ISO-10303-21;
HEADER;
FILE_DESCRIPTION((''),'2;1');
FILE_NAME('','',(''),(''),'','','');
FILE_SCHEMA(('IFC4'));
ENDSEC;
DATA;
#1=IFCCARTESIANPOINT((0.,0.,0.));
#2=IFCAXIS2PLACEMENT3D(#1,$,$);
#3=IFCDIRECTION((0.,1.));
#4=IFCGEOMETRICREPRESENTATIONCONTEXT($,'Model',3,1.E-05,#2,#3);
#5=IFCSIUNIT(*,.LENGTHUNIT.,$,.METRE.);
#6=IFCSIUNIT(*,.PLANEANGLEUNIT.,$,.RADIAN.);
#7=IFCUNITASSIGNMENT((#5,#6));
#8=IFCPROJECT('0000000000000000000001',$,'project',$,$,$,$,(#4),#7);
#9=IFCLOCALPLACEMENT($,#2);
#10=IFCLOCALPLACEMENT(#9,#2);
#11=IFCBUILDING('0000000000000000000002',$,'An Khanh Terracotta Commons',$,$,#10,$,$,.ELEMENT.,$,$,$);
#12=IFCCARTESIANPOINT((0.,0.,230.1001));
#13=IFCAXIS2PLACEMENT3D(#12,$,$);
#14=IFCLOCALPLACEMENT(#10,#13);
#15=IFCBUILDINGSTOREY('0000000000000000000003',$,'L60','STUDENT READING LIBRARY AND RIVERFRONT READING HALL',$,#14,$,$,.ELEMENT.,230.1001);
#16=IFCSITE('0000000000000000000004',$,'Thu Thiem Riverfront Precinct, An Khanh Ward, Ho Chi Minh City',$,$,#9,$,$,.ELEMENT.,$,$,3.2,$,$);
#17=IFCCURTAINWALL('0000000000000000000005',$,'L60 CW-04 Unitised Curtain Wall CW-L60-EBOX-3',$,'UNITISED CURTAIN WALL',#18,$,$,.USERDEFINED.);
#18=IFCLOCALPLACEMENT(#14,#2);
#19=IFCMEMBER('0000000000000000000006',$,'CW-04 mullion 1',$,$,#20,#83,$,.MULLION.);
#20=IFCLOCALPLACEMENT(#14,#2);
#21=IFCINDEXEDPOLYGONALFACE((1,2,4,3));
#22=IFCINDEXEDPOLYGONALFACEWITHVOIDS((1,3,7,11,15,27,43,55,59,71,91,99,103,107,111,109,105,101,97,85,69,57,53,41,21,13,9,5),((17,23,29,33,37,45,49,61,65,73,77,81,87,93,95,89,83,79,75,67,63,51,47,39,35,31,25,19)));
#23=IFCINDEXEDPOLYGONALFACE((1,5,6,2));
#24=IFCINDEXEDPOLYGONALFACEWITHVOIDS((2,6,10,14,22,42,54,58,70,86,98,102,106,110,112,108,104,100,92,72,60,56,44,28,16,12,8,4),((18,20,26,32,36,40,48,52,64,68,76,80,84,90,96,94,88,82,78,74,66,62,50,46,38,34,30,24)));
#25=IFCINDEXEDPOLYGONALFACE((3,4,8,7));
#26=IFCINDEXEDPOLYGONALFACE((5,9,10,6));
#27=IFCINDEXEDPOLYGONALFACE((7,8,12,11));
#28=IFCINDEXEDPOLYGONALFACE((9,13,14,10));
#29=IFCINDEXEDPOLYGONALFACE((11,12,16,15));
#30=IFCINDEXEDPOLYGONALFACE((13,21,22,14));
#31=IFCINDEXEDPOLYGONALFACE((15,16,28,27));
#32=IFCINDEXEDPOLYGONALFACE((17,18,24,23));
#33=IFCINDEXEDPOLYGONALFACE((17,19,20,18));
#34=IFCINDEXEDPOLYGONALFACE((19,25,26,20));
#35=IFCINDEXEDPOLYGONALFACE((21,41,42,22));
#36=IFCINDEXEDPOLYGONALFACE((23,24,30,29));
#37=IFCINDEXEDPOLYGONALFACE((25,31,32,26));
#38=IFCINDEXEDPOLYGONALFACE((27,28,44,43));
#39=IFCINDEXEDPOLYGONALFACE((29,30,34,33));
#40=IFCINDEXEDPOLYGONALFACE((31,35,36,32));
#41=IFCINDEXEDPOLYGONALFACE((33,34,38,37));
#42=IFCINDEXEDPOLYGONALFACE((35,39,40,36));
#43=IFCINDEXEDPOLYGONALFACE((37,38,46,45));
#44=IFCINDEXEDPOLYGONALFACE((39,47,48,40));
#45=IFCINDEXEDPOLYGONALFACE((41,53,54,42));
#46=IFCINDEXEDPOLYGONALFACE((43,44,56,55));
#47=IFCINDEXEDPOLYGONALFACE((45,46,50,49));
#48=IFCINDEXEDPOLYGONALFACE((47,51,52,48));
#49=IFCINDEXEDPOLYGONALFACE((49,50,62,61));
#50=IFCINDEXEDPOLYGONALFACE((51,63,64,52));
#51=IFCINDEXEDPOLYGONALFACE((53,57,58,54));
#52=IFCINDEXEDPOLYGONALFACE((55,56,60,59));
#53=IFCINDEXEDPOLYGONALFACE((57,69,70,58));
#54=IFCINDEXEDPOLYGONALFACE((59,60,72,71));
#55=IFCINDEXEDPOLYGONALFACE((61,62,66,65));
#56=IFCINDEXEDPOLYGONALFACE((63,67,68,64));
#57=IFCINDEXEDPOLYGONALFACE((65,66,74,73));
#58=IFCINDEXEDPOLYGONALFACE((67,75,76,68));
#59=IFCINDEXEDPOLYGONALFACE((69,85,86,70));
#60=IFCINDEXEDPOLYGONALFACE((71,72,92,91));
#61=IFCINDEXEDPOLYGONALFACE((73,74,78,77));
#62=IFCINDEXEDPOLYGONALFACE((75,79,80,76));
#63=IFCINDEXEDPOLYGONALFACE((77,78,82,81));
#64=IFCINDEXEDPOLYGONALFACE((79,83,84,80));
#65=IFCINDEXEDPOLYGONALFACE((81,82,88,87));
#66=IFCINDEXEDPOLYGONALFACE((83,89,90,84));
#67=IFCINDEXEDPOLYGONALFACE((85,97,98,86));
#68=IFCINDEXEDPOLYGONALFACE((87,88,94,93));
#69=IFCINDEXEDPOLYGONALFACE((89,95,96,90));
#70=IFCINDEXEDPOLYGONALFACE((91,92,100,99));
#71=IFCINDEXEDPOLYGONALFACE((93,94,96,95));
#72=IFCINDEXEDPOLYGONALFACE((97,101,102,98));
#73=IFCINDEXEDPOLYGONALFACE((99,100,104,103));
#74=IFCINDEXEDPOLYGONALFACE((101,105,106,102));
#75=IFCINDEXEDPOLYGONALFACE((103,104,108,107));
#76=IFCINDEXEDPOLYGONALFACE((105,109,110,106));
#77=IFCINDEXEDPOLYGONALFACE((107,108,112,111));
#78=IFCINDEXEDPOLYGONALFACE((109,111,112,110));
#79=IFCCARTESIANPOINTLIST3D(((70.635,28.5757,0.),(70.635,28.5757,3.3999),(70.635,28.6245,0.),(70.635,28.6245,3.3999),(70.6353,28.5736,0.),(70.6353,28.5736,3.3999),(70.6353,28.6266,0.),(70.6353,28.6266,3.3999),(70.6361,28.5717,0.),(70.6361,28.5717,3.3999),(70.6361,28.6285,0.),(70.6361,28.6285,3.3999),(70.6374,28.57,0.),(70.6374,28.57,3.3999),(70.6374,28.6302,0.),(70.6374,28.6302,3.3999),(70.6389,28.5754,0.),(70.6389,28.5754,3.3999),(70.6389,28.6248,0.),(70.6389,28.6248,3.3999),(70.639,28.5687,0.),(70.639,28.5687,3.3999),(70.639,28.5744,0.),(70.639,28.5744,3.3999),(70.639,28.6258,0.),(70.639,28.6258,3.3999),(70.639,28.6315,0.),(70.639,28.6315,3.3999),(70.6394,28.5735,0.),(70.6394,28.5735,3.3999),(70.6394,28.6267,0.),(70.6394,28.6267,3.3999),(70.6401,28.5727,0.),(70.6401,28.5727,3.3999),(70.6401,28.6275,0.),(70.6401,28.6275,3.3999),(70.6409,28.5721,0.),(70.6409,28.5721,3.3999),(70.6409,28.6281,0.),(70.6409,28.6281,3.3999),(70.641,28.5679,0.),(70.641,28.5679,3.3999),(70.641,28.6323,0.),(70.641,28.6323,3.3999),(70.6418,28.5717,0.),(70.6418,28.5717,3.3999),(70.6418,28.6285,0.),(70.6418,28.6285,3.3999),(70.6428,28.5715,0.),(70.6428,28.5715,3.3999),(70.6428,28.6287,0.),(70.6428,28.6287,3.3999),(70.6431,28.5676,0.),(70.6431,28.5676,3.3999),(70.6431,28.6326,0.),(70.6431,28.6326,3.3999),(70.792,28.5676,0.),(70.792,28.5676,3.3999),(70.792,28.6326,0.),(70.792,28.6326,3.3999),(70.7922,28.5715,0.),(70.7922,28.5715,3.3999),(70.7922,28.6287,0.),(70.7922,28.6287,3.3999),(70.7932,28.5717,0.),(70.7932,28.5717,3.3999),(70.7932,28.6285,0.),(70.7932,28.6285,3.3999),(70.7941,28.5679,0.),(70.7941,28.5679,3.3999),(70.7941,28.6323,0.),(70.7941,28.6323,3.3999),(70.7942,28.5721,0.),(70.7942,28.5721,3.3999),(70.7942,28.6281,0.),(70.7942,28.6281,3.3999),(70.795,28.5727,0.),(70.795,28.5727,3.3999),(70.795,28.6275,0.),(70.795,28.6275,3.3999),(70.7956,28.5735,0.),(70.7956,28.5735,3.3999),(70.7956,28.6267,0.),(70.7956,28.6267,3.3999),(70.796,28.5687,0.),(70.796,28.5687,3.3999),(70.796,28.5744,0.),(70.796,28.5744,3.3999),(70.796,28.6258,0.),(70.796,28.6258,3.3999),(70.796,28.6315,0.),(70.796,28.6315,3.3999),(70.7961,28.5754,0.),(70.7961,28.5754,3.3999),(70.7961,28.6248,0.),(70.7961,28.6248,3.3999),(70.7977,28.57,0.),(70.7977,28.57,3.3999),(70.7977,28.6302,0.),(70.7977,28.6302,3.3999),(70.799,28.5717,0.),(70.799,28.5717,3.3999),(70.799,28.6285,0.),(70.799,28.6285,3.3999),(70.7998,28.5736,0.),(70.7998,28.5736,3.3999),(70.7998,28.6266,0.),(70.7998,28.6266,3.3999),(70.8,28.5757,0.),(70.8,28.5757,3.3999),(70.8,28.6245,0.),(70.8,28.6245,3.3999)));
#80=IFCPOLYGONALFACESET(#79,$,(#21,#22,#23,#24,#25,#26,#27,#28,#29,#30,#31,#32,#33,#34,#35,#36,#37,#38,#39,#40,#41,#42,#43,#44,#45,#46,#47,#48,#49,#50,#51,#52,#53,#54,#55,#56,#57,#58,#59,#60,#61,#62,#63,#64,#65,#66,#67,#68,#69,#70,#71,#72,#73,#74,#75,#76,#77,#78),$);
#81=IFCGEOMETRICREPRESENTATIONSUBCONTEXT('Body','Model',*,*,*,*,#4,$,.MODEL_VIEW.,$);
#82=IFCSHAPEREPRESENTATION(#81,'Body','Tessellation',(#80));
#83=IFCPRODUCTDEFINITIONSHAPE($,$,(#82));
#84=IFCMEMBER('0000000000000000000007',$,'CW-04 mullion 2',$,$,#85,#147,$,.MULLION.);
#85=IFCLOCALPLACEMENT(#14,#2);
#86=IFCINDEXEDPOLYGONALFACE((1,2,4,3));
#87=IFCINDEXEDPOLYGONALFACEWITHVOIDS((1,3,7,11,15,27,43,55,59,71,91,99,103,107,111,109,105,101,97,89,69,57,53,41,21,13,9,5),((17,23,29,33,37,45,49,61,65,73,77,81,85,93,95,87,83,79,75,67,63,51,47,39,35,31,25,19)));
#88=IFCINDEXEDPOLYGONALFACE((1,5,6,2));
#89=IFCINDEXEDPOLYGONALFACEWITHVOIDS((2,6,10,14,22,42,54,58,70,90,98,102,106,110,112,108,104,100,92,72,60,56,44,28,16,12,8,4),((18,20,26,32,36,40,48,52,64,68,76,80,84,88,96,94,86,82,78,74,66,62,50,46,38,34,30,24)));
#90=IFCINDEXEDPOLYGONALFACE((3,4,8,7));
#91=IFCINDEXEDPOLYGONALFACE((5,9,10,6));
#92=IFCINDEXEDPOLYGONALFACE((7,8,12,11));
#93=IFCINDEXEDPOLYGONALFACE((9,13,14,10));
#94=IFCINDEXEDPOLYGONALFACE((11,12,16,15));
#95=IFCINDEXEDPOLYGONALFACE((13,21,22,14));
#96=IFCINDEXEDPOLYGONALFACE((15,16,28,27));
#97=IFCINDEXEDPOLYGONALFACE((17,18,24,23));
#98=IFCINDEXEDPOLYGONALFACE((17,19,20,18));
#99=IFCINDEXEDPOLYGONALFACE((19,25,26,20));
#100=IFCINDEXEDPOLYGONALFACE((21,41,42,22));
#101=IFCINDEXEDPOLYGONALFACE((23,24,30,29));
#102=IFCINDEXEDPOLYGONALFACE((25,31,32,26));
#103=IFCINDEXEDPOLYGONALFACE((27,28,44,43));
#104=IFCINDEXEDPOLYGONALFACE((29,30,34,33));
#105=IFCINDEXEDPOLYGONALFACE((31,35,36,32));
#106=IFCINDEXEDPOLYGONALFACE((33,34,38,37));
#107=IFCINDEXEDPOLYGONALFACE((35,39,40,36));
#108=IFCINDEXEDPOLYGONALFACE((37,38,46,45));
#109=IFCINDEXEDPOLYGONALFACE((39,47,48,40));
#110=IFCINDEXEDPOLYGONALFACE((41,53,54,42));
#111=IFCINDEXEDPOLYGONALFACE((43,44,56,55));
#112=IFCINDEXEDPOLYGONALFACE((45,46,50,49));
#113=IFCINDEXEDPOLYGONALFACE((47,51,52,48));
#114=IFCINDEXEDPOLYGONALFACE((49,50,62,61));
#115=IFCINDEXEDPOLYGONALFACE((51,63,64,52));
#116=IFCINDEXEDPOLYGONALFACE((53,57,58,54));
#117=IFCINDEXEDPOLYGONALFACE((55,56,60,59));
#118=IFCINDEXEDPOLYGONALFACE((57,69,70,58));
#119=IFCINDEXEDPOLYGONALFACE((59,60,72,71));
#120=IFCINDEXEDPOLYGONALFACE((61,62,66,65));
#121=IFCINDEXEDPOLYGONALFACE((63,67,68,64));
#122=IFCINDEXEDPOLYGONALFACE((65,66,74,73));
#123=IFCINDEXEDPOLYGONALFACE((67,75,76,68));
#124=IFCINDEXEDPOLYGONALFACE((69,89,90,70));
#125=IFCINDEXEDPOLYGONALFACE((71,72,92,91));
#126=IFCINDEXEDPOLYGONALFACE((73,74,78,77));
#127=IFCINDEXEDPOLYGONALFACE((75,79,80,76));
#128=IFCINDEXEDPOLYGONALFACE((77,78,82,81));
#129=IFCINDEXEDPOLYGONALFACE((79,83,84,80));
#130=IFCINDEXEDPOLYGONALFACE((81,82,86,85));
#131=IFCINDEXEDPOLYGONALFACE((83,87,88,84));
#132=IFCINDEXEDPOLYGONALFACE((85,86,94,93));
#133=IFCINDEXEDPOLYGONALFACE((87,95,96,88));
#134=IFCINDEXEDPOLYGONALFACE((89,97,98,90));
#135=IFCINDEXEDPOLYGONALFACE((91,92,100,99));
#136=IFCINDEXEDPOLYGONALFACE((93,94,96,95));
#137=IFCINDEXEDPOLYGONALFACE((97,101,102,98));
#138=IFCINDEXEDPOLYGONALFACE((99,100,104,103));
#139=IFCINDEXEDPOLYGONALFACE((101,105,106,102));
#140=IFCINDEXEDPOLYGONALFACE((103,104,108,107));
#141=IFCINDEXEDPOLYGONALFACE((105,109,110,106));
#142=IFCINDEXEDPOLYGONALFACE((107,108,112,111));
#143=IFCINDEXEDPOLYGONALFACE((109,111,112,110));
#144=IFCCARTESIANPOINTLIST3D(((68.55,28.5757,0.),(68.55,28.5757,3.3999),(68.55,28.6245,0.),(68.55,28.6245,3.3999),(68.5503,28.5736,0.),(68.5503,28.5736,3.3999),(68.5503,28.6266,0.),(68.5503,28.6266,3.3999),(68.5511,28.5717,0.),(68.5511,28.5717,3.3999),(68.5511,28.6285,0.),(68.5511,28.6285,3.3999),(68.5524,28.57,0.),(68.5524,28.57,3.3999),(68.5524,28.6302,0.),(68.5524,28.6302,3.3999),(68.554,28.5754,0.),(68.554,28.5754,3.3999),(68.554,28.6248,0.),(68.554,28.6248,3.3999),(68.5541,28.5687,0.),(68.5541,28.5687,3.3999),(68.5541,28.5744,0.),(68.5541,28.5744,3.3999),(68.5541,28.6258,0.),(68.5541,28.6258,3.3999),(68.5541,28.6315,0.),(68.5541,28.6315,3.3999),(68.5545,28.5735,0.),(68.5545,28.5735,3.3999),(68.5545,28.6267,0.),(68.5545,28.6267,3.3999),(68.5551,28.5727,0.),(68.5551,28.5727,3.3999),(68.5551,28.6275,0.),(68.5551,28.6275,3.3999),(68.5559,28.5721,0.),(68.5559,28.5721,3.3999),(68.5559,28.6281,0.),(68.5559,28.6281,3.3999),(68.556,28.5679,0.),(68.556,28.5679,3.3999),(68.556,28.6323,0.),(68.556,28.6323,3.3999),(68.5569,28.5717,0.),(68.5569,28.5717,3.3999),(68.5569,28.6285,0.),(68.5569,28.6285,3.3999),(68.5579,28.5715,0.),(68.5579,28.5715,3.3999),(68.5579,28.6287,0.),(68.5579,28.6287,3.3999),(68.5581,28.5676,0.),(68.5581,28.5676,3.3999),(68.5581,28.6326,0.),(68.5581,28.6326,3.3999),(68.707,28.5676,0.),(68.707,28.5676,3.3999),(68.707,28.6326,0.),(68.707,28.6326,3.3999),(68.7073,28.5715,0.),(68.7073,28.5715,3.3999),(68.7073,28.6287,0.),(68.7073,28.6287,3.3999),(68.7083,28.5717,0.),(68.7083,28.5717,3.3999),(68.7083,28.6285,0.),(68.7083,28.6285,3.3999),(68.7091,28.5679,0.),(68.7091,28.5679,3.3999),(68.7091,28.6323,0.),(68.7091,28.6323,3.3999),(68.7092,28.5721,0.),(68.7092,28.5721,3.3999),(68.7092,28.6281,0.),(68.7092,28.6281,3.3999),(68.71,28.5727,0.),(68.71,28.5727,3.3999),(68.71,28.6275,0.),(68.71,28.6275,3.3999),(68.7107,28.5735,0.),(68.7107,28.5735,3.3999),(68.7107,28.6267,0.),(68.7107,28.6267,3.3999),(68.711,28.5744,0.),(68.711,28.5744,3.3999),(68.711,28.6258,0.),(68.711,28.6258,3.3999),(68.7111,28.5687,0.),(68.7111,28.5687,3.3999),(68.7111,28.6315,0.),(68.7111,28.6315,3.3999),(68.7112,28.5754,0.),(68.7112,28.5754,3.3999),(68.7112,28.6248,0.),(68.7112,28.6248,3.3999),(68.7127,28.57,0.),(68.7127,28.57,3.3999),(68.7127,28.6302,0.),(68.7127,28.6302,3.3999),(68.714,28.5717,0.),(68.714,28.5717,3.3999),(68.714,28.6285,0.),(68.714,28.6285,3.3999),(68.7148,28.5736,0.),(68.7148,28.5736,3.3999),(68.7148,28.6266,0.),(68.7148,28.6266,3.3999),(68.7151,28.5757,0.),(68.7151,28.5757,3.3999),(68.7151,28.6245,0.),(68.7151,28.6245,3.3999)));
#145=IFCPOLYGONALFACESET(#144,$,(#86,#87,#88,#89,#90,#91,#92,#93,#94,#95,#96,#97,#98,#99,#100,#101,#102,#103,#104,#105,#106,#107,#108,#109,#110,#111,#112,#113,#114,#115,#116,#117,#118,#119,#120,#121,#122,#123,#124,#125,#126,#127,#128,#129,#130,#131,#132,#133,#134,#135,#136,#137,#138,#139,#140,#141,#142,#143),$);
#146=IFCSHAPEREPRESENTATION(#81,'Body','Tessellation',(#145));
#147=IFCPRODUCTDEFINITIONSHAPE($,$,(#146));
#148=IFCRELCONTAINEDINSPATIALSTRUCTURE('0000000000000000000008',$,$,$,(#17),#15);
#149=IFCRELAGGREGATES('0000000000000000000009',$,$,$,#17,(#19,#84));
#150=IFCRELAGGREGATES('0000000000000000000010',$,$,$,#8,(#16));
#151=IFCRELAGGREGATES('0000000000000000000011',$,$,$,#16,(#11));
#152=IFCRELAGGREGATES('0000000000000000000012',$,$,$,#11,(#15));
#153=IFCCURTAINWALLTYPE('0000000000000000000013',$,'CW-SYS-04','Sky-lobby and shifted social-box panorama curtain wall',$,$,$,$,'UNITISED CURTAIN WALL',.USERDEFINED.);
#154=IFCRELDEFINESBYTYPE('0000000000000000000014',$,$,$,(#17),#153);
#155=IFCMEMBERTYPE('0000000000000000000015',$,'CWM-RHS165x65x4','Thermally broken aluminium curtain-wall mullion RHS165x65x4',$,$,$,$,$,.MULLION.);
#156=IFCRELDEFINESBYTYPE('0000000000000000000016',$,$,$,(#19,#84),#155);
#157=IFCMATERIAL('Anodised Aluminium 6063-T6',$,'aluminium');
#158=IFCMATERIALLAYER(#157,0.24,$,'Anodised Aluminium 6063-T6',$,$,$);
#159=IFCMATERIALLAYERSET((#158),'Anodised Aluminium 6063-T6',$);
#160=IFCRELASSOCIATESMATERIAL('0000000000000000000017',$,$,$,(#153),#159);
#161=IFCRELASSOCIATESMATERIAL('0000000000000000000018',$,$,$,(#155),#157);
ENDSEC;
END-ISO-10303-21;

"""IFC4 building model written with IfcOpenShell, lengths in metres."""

from ifc_helpers import new_model, si_unit, direction, frame, origin, origin_2d, place, context, subcontext, project, spatial, hollow_rectangle, extrude, material, layer, layer_set, material_profile, profile_set, type_object, element, aggregate, save


model = new_model("IFC4")

# Units and contexts
model_context = context("Model", 3, precision=1e-05, world=origin(), true_north=direction((0.0, 1.0)))
body_context = subcontext(model_context, "Body", "Model", "MODEL_VIEW")
ifc_project = project(units=[si_unit("LENGTHUNIT", "METRE"), si_unit("PLANEANGLEUNIT", "RADIAN")], contexts=[model_context])

# Site, building, storey
site_placement = place(None, origin())
site = spatial("IfcSite", under=ifc_project, at=site_placement, Name="Thu Thiem Riverfront Precinct, An Khanh Ward, Ho Chi Minh City", CompositionType="ELEMENT", RefElevation=3.2)
building_placement = place(site_placement, origin())
building = spatial("IfcBuilding", under=site, at=building_placement, Name="An Khanh Terracotta Commons", CompositionType="ELEMENT")
storey_placement = place(building_placement, frame((0.0, 0.0, 230.1001)))
storey = spatial("IfcBuildingStorey", under=building, at=storey_placement, Name="L60", Description="STUDENT READING LIBRARY AND RIVERFRONT READING HALL", CompositionType="ELEMENT", Elevation=230.1001)

# Curtain wall, members
ifc_material_1 = material(Name="Anodised Aluminium 6063-T6", Category="aluminium")
ifc_layer_1 = layer(ifc_material_1, 0.24, Name="Anodised Aluminium 6063-T6")
ifc_layer_set_1 = layer_set([ifc_layer_1], Name="Anodised Aluminium 6063-T6")
curtain_wall_type_1 = type_object("IfcCurtainWallType", Name="CW-SYS-04", Description="Sky-lobby and shifted social-box panorama curtain wall", ElementType="UNITISED CURTAIN WALL", PredefinedType="USERDEFINED", material=ifc_layer_set_1)
ifc_material_profile_1 = material_profile(ifc_material_1, hollow_rectangle(XDim=0.0649, YDim=0.165, WallThickness=0.0039, InnerFilletRadius=0.0039, OuterFilletRadius=0.0081, at=origin_2d()), Name="RHS165x65x4")
ifc_profile_set_1 = profile_set([ifc_material_profile_1], Name="Anodised Aluminium 6063-T6")
member_type_1 = type_object("IfcMemberType", Name="CWM-RHS165x65x4", Description="Thermally broken aluminium curtain-wall mullion RHS165x65x4", PredefinedType="MULLION", material=ifc_profile_set_1)
curtain_wall_1_placement = place(storey_placement, origin())
curtain_wall_1 = element("IfcCurtainWall", 1, at=curtain_wall_1_placement, inside=storey, type_object=curtain_wall_type_1, Name="L60 CW-04 Unitised Curtain Wall CW-L60-EBOX-3", ObjectType="UNITISED CURTAIN WALL", PredefinedType="USERDEFINED")
member_1_placement = place(storey_placement, frame((70.7175, 28.6001, 0.0), z_axis=(0.0, 0.0, 1.0), x_axis=(0.0, -1.0, 0.0)))
member_1 = element("IfcMember", 2, at=member_1_placement, type_object=member_type_1, Name="CW-04 mullion 1", PredefinedType="MULLION", context=body_context, shape_type="SweptSolid", body=[
    extrude(hollow_rectangle(XDim=0.0649, YDim=0.165, WallThickness=0.0039, InnerFilletRadius=0.0039, OuterFilletRadius=0.0081, at=origin_2d()), origin(), (0.0, 0.0, 1.0), 3.3999),
])
member_2_placement = place(storey_placement, frame((68.6326, 28.6001, 0.0), z_axis=(0.0, 0.0, 1.0), x_axis=(0.0, -1.0, 0.0)))
member_2 = element("IfcMember", 3, at=member_2_placement, type_object=member_type_1, Name="CW-04 mullion 2", PredefinedType="MULLION", context=body_context, shape_type="SweptSolid", body=[
    extrude(hollow_rectangle(XDim=0.0649, YDim=0.165, WallThickness=0.0039, InnerFilletRadius=0.0039, OuterFilletRadius=0.0081, at=origin_2d()), origin(), (0.0, 0.0, 1.0), 3.3999),
])

aggregate(curtain_wall_1, [member_1, member_2])

save(model, "model.ifc")
